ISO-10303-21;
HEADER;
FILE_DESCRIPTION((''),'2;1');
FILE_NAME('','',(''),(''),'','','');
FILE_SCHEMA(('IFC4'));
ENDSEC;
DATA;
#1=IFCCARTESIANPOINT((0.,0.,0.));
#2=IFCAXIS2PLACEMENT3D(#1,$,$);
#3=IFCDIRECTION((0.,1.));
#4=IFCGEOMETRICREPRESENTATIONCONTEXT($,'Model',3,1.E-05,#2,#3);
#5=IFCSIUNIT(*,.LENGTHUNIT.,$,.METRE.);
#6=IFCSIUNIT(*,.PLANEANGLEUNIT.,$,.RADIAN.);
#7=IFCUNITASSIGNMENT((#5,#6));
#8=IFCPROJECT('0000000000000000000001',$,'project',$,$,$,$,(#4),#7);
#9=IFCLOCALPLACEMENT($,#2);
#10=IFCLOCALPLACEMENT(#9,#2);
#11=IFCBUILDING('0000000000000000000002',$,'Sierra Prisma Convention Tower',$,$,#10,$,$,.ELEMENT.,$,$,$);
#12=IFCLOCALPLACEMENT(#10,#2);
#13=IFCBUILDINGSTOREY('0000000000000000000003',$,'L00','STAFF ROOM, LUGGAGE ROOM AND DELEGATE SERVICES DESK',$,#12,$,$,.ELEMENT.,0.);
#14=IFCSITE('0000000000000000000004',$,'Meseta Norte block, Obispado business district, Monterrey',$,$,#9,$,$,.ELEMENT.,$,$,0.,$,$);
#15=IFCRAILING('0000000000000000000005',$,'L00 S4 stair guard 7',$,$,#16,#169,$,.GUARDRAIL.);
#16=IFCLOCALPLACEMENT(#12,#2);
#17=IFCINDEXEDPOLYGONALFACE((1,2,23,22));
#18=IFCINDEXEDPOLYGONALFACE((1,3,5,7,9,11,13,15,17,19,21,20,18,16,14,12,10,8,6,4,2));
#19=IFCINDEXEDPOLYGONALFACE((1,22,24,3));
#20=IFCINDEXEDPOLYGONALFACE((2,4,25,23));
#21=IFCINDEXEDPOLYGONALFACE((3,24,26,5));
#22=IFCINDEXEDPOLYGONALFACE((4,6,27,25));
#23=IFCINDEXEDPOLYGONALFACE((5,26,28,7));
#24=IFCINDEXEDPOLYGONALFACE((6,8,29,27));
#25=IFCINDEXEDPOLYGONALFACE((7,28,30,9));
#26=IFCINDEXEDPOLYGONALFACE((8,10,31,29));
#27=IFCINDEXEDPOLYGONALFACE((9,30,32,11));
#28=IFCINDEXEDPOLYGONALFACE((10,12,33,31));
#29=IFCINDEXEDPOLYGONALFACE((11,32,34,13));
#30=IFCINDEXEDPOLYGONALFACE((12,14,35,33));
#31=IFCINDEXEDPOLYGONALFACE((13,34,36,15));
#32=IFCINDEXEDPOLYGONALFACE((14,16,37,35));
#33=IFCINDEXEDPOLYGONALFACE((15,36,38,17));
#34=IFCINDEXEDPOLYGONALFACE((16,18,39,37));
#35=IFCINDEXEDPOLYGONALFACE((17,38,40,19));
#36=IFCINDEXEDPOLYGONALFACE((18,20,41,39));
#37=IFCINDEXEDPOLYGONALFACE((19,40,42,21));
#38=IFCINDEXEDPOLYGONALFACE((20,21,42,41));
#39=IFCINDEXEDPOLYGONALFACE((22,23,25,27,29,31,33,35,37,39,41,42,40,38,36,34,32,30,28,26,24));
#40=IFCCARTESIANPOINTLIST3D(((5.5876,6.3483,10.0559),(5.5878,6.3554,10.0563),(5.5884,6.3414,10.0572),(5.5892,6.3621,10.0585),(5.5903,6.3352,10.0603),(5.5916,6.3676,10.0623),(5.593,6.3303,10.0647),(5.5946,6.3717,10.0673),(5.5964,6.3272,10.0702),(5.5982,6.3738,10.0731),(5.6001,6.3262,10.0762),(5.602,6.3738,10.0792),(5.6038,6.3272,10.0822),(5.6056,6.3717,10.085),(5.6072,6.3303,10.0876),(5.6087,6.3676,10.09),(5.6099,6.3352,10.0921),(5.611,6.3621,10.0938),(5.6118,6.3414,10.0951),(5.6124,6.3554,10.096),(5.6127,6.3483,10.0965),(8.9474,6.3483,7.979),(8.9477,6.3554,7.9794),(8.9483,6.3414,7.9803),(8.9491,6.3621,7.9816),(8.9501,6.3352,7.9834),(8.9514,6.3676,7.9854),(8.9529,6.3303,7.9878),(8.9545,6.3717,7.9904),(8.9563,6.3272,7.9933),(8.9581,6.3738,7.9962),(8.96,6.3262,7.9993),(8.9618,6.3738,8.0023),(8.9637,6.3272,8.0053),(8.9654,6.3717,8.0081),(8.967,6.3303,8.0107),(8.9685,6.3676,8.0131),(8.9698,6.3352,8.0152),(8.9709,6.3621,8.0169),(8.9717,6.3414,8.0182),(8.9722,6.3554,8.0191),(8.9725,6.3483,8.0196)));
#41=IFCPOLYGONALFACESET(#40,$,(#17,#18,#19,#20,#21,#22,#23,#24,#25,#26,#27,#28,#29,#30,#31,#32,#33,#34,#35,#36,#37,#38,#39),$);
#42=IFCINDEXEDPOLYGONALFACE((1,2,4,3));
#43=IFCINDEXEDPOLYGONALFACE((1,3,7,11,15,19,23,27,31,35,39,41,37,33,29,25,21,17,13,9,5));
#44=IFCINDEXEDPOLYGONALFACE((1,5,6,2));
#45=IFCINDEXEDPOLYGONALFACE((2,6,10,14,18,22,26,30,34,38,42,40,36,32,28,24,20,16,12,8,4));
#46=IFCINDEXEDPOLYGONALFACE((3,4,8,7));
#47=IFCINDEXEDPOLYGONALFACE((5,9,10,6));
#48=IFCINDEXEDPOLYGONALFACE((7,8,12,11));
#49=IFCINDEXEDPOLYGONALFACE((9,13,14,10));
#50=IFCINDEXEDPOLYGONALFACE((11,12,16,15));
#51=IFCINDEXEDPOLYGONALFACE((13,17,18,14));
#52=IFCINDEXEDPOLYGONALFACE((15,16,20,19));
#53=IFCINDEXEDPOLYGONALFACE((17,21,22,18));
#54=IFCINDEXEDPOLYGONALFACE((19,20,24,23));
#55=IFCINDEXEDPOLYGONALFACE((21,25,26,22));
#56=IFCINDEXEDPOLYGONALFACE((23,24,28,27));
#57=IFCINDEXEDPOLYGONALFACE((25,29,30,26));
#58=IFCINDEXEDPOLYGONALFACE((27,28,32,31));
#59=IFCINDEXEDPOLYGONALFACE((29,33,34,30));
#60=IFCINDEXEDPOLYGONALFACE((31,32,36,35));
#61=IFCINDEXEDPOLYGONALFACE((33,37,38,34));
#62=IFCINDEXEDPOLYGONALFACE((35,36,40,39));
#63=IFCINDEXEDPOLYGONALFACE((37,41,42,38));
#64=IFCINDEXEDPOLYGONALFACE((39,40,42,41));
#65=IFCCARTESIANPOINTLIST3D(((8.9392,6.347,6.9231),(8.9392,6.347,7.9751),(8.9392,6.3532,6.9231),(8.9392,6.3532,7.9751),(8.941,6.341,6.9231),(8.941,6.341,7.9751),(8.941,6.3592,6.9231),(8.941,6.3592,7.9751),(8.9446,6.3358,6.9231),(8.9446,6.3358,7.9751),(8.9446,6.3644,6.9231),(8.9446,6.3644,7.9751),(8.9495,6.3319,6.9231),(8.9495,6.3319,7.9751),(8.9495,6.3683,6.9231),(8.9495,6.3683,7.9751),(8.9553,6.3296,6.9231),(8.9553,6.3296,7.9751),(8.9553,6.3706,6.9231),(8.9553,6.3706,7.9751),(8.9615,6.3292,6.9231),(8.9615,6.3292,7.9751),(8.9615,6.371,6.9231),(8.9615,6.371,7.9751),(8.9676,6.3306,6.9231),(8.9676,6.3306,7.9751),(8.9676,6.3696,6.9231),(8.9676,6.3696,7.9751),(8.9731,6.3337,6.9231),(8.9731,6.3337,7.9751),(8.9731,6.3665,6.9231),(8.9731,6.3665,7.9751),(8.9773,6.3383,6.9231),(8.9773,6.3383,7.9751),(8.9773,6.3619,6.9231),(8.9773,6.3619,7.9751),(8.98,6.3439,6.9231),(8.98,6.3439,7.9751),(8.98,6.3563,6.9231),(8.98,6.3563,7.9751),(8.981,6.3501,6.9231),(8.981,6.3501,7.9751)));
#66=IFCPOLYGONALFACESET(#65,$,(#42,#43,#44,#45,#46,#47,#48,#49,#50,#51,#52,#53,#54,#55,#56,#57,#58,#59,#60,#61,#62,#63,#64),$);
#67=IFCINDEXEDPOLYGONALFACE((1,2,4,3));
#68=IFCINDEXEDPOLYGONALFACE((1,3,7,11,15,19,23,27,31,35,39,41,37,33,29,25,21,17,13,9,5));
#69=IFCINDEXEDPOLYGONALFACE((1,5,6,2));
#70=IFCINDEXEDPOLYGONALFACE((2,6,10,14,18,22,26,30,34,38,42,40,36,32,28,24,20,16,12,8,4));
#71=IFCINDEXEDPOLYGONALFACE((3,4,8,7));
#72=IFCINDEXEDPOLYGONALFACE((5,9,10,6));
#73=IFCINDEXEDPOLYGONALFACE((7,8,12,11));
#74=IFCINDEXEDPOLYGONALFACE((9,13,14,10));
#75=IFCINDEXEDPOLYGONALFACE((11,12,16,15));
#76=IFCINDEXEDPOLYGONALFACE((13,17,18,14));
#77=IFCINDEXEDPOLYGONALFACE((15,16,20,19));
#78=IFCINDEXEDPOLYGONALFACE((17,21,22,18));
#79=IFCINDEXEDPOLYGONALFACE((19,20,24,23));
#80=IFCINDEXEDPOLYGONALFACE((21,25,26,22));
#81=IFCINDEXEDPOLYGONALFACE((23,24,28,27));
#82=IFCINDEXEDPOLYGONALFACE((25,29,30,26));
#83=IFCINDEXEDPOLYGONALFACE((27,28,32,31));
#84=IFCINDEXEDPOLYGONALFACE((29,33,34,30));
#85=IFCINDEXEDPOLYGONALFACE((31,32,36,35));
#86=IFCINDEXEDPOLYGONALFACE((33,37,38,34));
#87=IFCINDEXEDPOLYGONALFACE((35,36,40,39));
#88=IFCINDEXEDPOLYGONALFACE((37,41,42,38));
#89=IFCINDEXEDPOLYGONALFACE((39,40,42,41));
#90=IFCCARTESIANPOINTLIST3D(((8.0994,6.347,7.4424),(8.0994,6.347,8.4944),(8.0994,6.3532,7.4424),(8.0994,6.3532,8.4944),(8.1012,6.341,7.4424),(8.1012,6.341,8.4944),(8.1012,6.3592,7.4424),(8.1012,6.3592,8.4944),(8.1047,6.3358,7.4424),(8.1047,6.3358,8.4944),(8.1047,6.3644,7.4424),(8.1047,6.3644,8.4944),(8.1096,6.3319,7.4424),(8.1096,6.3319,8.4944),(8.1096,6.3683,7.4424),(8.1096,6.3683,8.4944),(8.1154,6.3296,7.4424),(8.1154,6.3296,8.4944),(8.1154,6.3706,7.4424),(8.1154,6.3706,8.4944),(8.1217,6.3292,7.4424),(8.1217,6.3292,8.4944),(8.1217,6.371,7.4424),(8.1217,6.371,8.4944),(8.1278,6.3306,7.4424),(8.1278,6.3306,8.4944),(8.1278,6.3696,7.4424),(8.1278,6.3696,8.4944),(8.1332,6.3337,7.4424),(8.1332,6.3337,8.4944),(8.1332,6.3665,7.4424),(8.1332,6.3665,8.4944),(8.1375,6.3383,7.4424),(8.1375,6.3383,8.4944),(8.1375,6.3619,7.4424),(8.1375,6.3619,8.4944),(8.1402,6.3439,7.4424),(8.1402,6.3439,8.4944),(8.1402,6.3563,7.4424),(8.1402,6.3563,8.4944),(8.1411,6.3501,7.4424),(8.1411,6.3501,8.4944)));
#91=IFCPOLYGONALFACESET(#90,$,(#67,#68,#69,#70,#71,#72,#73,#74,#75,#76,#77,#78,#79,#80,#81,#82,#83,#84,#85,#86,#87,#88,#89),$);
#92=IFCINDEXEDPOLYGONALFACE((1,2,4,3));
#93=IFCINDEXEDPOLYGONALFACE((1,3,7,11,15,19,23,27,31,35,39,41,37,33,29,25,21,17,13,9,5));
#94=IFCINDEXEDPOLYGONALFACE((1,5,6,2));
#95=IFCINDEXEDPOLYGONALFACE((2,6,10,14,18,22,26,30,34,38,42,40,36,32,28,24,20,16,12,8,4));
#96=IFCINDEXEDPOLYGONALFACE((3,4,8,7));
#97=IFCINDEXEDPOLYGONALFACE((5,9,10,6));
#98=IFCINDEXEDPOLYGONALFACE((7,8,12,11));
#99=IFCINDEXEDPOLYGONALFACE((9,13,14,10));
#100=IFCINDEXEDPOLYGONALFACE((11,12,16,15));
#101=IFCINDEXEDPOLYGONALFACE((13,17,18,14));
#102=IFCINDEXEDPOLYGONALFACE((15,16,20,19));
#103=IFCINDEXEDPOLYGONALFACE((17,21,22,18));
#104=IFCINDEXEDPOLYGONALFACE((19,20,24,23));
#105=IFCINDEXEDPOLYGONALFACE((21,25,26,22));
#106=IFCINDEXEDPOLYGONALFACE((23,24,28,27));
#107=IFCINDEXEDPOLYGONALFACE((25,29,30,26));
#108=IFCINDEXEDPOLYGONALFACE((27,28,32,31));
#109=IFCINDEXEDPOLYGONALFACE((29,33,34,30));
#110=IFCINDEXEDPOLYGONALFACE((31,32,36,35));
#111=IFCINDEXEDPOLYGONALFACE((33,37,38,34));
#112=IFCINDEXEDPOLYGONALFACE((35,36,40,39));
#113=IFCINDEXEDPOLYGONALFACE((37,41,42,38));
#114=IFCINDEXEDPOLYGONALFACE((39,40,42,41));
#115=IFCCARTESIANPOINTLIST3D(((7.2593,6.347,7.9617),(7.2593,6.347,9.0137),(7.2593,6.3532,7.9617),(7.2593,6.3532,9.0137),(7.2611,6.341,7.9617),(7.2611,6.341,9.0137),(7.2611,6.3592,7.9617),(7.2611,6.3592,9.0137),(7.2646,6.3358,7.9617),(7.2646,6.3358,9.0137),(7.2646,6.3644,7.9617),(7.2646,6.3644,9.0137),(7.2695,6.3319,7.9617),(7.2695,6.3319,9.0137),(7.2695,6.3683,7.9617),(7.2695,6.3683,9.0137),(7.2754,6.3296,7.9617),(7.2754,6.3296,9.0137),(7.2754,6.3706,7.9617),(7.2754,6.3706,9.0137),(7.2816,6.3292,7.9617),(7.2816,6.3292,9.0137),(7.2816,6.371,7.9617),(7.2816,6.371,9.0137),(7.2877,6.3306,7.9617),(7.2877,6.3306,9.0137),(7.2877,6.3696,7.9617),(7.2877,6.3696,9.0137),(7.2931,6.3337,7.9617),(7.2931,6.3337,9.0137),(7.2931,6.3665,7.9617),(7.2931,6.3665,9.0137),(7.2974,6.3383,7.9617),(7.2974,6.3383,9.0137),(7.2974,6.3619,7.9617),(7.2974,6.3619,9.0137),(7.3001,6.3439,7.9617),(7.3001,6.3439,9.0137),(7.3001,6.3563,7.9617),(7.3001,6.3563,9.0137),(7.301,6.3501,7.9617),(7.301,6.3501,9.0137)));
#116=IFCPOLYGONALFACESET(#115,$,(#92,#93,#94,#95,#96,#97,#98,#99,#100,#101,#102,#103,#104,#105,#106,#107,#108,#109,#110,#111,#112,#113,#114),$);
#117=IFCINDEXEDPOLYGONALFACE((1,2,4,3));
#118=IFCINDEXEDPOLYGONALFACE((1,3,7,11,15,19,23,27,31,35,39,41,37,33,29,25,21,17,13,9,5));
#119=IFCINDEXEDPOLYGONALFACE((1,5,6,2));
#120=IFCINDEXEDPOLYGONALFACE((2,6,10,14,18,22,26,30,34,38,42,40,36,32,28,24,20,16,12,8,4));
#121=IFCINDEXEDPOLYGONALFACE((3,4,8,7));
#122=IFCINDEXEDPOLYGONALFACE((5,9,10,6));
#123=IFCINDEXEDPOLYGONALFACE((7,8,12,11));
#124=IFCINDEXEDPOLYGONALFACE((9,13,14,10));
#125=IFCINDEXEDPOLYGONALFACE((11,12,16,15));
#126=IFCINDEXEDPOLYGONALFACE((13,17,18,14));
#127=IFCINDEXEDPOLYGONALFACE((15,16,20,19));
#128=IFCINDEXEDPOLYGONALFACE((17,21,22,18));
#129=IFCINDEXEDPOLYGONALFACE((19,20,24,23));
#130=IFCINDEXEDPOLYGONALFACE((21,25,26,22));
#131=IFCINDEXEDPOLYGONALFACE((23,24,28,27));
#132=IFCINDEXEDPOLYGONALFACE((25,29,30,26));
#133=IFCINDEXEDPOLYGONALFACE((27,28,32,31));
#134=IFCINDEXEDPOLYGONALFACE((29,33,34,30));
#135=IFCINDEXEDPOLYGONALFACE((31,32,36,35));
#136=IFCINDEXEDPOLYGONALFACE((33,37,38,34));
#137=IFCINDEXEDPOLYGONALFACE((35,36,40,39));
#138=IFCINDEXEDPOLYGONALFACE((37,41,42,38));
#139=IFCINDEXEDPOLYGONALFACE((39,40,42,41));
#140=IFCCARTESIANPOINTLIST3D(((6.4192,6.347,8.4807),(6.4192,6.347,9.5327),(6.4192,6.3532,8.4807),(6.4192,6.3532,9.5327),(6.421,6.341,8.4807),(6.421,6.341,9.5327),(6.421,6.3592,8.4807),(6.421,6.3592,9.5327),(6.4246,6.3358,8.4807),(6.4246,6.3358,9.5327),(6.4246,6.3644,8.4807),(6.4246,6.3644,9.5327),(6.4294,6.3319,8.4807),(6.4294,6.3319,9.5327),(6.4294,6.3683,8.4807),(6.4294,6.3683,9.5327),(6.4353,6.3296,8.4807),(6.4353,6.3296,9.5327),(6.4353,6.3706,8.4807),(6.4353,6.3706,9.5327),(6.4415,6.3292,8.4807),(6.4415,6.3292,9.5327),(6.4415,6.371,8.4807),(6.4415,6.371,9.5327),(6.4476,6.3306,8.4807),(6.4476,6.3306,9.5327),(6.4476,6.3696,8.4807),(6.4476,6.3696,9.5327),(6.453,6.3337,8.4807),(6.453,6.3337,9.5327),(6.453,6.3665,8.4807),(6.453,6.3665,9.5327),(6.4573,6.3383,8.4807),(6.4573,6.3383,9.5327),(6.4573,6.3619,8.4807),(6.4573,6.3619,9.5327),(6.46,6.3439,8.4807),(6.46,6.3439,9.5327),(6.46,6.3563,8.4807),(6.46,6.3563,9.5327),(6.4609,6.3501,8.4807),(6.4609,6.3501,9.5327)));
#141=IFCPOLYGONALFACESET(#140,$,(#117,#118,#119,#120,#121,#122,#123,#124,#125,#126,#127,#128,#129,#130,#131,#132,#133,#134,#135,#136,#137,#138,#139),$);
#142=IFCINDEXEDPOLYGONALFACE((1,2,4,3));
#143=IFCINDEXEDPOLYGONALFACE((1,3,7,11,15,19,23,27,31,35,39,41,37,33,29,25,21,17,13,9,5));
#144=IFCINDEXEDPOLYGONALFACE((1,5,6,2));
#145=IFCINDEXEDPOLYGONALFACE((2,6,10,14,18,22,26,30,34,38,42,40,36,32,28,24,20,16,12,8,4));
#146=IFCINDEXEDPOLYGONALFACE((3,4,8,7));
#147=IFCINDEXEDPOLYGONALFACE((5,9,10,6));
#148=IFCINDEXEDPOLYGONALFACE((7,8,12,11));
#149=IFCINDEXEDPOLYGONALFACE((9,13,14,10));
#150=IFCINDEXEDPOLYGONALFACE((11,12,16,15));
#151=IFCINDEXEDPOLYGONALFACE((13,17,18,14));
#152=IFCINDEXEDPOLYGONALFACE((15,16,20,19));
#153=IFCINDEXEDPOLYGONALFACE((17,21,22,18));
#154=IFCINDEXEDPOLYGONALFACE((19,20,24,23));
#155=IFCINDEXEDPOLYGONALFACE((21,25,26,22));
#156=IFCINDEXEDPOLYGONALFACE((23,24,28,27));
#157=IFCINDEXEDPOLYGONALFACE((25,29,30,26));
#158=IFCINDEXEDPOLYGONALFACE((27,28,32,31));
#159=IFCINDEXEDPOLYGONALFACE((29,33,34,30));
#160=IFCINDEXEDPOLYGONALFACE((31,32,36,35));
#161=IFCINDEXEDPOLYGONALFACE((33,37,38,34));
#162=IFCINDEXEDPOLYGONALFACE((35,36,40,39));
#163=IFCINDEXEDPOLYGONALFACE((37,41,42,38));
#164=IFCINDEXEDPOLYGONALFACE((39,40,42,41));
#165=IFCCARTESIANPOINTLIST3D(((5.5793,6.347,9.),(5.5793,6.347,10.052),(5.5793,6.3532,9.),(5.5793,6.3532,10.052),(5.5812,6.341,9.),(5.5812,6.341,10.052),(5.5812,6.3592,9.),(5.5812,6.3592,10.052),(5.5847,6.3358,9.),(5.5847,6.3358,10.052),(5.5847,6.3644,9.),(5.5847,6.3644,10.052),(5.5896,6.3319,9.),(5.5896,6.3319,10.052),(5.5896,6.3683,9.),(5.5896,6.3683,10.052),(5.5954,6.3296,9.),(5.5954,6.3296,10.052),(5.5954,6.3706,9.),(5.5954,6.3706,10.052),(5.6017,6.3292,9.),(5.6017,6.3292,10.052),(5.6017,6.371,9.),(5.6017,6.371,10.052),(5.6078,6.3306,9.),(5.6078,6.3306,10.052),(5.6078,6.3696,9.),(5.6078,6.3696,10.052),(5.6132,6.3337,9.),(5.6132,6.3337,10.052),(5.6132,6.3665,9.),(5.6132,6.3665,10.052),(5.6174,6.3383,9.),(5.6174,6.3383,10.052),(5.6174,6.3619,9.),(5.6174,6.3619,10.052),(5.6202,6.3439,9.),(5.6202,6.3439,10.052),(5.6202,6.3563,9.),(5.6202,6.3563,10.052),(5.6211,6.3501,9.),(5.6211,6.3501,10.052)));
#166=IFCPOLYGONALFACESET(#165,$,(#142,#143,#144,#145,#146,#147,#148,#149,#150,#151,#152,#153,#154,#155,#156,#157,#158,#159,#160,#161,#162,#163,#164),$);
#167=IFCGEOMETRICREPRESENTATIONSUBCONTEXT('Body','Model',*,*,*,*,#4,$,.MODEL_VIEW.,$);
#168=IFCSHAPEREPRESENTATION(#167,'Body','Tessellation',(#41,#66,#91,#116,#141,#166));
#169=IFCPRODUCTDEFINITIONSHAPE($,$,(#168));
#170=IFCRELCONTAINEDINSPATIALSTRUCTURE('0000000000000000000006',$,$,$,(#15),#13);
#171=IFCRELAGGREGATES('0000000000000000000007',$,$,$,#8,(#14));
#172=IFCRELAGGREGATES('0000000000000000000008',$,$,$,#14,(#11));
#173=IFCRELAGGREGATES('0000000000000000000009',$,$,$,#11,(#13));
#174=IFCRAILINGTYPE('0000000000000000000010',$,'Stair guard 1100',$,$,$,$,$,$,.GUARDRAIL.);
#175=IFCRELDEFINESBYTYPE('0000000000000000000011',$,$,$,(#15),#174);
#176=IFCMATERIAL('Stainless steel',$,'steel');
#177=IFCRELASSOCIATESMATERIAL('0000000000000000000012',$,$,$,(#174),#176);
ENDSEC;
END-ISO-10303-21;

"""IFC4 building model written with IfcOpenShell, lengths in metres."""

from ifc_helpers import new_model, si_unit, direction, frame, origin, origin_2d, place, context, subcontext, project, spatial, circle, extrude, material, type_object, element, save


model = new_model("IFC4")

# Units and contexts
model_context = context("Model", 3, precision=1e-05, world=origin(), true_north=direction((0.0, 1.0)))
body_context = subcontext(model_context, "Body", "Model", "MODEL_VIEW")
ifc_project = project(units=[si_unit("LENGTHUNIT", "METRE"), si_unit("PLANEANGLEUNIT", "RADIAN")], contexts=[model_context])

# Site, building, storey
site_placement = place(None, origin())
site = spatial("IfcSite", under=ifc_project, at=site_placement, Name="Meseta Norte block, Obispado business district, Monterrey", CompositionType="ELEMENT", RefElevation=0.0)
building_placement = place(site_placement, origin())
building = spatial("IfcBuilding", under=site, at=building_placement, Name="Sierra Prisma Convention Tower", CompositionType="ELEMENT")
storey_placement = place(building_placement, origin())
storey = spatial("IfcBuildingStorey", under=building, at=storey_placement, Name="L00", Description="STAFF ROOM, LUGGAGE ROOM AND DELEGATE SERVICES DESK", CompositionType="ELEMENT", Elevation=0.0)

# Railing
ifc_material_1 = material(Name="Stainless steel", Category="steel")
railing_type_1 = type_object("IfcRailingType", Name="Stair guard 1100", PredefinedType="GUARDRAIL", material=ifc_material_1)
railing_1_placement = place(storey_placement, frame((8.96, 6.3501, 6.9231)))
element("IfcRailing", 1, at=railing_1_placement, inside=storey, type_object=railing_type_1, Name="L00 S4 stair guard 7", PredefinedType="GUARDRAIL", context=body_context, shape_type="SweptSolid", body=[
    extrude(circle(Radius=0.0239, at=origin_2d()), frame((0.0, 0.0, 1.0762), z_axis=(-0.850606, 0.0, 0.525803), x_axis=(0.0, -1.0, 0.0)), (0.0, 0.0, 1.0), 3.95),
    extrude(circle(Radius=0.021, at=origin_2d()), origin(), (0.0, 0.0, 1.0), 1.052),
    extrude(circle(Radius=0.021, at=origin_2d()), frame((-0.8398, 0.0, 0.5193)), (0.0, 0.0, 1.0), 1.052),
    extrude(circle(Radius=0.021, at=origin_2d()), frame((-1.6799, 0.0, 1.0386)), (0.0, 0.0, 1.0), 1.052),
    extrude(circle(Radius=0.021, at=origin_2d()), frame((-2.52, 0.0, 1.5576)), (0.0, 0.0, 1.0), 1.052),
    extrude(circle(Radius=0.021, at=origin_2d()), frame((-3.3599, 0.0, 2.0769)), (0.0, 0.0, 1.0), 1.052),
])

save(model, "model.ifc")
